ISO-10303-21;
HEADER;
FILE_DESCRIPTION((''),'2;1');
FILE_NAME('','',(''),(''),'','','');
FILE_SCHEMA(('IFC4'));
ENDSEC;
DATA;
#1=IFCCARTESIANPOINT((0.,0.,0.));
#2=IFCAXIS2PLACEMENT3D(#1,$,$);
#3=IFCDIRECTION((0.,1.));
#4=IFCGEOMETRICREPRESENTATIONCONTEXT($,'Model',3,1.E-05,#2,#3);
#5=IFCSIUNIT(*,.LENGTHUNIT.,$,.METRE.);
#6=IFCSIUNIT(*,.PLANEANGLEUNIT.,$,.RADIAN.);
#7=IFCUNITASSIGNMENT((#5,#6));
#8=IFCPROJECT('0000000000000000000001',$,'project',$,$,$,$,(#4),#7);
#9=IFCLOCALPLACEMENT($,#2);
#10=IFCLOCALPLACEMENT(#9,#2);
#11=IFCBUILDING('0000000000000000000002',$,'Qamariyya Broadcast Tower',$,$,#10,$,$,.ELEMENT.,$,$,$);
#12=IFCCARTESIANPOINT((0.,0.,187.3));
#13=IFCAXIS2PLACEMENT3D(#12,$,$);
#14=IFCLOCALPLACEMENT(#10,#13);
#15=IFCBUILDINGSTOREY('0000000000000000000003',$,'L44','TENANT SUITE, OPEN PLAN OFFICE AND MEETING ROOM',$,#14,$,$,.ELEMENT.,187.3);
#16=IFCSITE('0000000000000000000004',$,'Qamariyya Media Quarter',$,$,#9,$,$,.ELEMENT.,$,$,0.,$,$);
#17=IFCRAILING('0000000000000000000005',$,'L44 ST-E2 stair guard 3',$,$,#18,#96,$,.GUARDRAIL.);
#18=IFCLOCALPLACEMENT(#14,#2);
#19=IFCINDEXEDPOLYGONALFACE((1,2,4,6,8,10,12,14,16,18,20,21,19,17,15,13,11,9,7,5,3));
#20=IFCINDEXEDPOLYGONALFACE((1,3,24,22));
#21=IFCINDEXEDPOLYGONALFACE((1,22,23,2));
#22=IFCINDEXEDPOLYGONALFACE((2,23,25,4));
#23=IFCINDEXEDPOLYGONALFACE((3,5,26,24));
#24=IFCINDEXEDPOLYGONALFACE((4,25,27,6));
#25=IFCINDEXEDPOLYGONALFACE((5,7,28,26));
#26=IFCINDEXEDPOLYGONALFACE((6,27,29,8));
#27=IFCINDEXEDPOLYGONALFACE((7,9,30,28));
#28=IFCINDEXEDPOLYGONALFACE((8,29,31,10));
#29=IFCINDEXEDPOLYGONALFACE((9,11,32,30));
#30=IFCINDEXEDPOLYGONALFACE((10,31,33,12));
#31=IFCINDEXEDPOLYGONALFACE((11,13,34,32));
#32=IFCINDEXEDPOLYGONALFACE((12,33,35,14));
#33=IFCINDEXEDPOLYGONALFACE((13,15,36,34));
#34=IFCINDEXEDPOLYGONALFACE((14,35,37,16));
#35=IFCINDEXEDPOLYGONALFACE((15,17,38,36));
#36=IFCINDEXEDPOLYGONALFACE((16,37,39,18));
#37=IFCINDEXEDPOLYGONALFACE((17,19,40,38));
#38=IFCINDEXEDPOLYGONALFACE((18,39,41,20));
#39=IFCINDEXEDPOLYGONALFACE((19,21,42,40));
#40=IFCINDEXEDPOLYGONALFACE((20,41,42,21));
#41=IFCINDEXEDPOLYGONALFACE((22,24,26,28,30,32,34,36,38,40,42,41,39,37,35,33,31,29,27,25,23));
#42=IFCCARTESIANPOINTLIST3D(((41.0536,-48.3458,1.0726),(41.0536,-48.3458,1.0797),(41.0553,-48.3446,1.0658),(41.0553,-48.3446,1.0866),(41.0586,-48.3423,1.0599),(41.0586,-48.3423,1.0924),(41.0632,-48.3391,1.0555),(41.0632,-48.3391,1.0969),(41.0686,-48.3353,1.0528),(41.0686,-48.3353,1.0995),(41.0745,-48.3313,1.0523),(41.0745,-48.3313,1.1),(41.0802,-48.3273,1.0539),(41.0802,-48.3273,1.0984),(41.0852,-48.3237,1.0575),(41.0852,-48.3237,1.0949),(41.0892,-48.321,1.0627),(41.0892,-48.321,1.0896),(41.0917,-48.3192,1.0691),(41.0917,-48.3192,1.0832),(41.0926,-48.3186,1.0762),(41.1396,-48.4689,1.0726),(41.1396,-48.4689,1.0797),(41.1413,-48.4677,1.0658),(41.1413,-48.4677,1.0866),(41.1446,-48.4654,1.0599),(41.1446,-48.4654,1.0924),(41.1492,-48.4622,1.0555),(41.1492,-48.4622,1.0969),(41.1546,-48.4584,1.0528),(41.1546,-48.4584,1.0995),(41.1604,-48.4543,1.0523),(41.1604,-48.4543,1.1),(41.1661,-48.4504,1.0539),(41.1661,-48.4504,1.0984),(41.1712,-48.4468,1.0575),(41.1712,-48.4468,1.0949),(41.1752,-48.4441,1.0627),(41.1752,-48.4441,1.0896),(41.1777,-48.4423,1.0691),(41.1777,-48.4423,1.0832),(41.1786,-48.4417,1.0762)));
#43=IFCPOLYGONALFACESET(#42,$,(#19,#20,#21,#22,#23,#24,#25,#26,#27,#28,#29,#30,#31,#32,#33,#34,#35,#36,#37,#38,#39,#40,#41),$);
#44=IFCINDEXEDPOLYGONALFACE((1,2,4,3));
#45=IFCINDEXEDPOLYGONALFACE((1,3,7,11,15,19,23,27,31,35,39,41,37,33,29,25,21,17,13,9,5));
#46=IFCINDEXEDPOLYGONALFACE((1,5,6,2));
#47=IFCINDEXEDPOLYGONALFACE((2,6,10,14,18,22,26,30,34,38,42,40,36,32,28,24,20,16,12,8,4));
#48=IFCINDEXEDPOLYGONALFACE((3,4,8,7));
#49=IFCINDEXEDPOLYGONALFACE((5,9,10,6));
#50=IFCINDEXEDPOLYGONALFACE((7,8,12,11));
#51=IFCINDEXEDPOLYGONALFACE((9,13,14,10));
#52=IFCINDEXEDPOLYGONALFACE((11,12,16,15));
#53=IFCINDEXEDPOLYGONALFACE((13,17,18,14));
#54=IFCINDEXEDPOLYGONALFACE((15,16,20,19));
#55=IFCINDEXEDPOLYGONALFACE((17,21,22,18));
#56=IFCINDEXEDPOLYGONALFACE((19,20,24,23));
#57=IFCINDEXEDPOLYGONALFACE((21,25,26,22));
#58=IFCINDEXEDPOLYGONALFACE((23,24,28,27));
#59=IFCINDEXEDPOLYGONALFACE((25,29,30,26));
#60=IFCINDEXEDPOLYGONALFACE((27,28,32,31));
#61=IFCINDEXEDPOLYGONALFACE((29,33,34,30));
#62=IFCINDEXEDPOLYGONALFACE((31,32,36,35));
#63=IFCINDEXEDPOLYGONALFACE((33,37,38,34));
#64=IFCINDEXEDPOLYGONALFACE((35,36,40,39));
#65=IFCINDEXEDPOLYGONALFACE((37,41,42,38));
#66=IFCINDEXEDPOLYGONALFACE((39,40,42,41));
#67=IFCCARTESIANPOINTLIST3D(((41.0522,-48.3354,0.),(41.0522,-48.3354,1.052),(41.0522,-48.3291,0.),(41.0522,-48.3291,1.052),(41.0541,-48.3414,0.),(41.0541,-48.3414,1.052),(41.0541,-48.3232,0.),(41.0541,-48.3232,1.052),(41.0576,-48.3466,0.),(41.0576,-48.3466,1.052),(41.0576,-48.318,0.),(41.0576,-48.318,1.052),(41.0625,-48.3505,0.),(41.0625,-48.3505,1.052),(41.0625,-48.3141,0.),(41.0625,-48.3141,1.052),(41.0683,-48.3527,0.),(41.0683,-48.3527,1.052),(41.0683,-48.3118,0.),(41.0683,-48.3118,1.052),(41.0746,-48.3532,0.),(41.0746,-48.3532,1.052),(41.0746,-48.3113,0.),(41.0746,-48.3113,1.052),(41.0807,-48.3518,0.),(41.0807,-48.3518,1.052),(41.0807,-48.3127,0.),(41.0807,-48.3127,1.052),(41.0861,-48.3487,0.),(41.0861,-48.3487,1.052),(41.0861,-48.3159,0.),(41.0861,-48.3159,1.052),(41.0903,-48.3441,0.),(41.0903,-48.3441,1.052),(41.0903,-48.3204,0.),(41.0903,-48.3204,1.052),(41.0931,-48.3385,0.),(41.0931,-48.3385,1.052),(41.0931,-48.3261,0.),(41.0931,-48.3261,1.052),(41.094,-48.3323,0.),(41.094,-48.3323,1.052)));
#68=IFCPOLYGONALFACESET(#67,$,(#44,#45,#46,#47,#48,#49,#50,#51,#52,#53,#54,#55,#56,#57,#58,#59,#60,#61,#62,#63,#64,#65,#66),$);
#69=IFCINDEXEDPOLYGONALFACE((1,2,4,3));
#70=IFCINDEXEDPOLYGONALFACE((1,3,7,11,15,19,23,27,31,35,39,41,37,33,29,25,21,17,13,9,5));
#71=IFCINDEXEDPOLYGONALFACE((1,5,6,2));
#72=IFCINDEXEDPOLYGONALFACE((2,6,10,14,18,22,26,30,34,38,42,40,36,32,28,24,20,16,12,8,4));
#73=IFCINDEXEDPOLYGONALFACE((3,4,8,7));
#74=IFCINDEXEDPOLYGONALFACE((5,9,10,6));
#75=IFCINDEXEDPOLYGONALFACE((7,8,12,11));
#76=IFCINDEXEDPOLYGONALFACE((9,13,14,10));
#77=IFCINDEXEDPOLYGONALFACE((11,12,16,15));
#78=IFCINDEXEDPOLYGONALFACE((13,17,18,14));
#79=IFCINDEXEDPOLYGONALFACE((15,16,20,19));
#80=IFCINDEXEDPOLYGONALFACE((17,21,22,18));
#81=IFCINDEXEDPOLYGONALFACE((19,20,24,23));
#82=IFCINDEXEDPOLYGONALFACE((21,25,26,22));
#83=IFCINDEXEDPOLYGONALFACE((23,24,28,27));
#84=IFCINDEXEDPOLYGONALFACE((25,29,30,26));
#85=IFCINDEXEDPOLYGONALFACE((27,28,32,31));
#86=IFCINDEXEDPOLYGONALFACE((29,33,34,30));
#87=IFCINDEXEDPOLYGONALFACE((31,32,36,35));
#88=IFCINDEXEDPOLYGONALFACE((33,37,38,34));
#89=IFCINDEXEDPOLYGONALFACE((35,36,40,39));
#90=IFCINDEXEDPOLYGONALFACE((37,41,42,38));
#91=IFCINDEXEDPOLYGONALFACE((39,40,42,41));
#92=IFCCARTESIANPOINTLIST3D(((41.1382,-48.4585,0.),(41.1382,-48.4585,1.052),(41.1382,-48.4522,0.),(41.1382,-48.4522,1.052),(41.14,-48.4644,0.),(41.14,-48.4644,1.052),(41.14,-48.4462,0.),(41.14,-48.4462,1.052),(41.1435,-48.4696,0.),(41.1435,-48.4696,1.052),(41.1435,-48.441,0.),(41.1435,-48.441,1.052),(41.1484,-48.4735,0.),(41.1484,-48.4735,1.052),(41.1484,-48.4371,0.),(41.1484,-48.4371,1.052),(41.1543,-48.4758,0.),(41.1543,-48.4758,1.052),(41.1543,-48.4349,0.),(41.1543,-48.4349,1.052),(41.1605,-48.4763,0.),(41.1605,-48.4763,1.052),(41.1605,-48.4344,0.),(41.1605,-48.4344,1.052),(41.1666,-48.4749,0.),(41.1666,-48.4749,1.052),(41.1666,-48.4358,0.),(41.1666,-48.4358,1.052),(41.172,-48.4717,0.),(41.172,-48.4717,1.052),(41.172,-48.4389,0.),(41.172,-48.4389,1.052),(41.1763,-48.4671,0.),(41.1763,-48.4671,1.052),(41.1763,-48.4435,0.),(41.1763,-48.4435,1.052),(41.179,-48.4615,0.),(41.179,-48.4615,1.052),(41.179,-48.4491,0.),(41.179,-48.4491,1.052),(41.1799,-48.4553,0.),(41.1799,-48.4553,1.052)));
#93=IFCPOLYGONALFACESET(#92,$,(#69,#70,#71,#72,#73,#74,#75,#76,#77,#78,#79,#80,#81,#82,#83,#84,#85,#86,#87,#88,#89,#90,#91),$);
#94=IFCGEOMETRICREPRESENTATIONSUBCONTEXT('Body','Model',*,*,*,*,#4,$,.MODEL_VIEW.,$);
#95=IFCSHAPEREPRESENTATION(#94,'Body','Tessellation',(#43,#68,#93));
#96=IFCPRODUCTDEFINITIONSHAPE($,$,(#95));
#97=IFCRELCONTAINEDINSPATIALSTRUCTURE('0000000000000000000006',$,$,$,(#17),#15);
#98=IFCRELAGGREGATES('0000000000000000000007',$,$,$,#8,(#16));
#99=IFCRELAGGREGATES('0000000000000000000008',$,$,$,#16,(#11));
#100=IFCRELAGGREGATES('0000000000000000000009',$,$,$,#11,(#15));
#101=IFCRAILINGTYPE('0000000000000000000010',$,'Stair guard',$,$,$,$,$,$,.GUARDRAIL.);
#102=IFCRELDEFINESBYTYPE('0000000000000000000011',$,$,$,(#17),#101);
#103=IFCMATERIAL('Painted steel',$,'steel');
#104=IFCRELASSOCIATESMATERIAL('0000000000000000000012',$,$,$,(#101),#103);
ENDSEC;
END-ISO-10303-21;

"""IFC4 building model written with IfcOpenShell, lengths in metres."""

from ifc_helpers import new_model, si_unit, direction, frame, origin, origin_2d, place, context, subcontext, project, spatial, circle, extrude, material, type_object, element, save


model = new_model("IFC4")

# Units and contexts
model_context = context("Model", 3, precision=1e-05, world=origin(), true_north=direction((0.0, 1.0)))
body_context = subcontext(model_context, "Body", "Model", "MODEL_VIEW")
ifc_project = project(units=[si_unit("LENGTHUNIT", "METRE"), si_unit("PLANEANGLEUNIT", "RADIAN")], contexts=[model_context])

# Site, building, storey
site_placement = place(None, origin())
site = spatial("IfcSite", under=ifc_project, at=site_placement, Name="Qamariyya Media Quarter", CompositionType="ELEMENT", RefElevation=0.0)
building_placement = place(site_placement, origin())
building = spatial("IfcBuilding", under=site, at=building_placement, Name="Qamariyya Broadcast Tower", CompositionType="ELEMENT")
storey_placement = place(building_placement, frame((0.0, 0.0, 187.3)))
storey = spatial("IfcBuildingStorey", under=building, at=storey_placement, Name="L44", Description="TENANT SUITE, OPEN PLAN OFFICE AND MEETING ROOM", CompositionType="ELEMENT", Elevation=187.3)

# Railing
ifc_material_1 = material(Name="Painted steel", Category="steel")
railing_type_1 = type_object("IfcRailingType", Name="Stair guard", PredefinedType="GUARDRAIL", material=ifc_material_1)
railing_1_placement = place(storey_placement, frame((41.073, -48.3323, 0.0)))
element("IfcRailing", 1, at=railing_1_placement, inside=storey, type_object=railing_type_1, Name="L44 ST-E2 stair guard 3", PredefinedType="GUARDRAIL", context=body_context, shape_type="SweptSolid", body=[
    extrude(circle(Radius=0.0239, at=origin_2d()), frame((0.0, 0.0, 1.0762), z_axis=(0.572589, -0.819843, 0.0), x_axis=(0.819843, 0.572589, 0.0)), (0.0, 0.0, 1.0), 0.1501),
    extrude(circle(Radius=0.021, at=origin_2d()), origin(), (0.0, 0.0, 1.0), 1.052),
    extrude(circle(Radius=0.021, at=origin_2d()), frame((0.0859, -0.123, 0.0)), (0.0, 0.0, 1.0), 1.052),
])

save(model, "model.ifc")
